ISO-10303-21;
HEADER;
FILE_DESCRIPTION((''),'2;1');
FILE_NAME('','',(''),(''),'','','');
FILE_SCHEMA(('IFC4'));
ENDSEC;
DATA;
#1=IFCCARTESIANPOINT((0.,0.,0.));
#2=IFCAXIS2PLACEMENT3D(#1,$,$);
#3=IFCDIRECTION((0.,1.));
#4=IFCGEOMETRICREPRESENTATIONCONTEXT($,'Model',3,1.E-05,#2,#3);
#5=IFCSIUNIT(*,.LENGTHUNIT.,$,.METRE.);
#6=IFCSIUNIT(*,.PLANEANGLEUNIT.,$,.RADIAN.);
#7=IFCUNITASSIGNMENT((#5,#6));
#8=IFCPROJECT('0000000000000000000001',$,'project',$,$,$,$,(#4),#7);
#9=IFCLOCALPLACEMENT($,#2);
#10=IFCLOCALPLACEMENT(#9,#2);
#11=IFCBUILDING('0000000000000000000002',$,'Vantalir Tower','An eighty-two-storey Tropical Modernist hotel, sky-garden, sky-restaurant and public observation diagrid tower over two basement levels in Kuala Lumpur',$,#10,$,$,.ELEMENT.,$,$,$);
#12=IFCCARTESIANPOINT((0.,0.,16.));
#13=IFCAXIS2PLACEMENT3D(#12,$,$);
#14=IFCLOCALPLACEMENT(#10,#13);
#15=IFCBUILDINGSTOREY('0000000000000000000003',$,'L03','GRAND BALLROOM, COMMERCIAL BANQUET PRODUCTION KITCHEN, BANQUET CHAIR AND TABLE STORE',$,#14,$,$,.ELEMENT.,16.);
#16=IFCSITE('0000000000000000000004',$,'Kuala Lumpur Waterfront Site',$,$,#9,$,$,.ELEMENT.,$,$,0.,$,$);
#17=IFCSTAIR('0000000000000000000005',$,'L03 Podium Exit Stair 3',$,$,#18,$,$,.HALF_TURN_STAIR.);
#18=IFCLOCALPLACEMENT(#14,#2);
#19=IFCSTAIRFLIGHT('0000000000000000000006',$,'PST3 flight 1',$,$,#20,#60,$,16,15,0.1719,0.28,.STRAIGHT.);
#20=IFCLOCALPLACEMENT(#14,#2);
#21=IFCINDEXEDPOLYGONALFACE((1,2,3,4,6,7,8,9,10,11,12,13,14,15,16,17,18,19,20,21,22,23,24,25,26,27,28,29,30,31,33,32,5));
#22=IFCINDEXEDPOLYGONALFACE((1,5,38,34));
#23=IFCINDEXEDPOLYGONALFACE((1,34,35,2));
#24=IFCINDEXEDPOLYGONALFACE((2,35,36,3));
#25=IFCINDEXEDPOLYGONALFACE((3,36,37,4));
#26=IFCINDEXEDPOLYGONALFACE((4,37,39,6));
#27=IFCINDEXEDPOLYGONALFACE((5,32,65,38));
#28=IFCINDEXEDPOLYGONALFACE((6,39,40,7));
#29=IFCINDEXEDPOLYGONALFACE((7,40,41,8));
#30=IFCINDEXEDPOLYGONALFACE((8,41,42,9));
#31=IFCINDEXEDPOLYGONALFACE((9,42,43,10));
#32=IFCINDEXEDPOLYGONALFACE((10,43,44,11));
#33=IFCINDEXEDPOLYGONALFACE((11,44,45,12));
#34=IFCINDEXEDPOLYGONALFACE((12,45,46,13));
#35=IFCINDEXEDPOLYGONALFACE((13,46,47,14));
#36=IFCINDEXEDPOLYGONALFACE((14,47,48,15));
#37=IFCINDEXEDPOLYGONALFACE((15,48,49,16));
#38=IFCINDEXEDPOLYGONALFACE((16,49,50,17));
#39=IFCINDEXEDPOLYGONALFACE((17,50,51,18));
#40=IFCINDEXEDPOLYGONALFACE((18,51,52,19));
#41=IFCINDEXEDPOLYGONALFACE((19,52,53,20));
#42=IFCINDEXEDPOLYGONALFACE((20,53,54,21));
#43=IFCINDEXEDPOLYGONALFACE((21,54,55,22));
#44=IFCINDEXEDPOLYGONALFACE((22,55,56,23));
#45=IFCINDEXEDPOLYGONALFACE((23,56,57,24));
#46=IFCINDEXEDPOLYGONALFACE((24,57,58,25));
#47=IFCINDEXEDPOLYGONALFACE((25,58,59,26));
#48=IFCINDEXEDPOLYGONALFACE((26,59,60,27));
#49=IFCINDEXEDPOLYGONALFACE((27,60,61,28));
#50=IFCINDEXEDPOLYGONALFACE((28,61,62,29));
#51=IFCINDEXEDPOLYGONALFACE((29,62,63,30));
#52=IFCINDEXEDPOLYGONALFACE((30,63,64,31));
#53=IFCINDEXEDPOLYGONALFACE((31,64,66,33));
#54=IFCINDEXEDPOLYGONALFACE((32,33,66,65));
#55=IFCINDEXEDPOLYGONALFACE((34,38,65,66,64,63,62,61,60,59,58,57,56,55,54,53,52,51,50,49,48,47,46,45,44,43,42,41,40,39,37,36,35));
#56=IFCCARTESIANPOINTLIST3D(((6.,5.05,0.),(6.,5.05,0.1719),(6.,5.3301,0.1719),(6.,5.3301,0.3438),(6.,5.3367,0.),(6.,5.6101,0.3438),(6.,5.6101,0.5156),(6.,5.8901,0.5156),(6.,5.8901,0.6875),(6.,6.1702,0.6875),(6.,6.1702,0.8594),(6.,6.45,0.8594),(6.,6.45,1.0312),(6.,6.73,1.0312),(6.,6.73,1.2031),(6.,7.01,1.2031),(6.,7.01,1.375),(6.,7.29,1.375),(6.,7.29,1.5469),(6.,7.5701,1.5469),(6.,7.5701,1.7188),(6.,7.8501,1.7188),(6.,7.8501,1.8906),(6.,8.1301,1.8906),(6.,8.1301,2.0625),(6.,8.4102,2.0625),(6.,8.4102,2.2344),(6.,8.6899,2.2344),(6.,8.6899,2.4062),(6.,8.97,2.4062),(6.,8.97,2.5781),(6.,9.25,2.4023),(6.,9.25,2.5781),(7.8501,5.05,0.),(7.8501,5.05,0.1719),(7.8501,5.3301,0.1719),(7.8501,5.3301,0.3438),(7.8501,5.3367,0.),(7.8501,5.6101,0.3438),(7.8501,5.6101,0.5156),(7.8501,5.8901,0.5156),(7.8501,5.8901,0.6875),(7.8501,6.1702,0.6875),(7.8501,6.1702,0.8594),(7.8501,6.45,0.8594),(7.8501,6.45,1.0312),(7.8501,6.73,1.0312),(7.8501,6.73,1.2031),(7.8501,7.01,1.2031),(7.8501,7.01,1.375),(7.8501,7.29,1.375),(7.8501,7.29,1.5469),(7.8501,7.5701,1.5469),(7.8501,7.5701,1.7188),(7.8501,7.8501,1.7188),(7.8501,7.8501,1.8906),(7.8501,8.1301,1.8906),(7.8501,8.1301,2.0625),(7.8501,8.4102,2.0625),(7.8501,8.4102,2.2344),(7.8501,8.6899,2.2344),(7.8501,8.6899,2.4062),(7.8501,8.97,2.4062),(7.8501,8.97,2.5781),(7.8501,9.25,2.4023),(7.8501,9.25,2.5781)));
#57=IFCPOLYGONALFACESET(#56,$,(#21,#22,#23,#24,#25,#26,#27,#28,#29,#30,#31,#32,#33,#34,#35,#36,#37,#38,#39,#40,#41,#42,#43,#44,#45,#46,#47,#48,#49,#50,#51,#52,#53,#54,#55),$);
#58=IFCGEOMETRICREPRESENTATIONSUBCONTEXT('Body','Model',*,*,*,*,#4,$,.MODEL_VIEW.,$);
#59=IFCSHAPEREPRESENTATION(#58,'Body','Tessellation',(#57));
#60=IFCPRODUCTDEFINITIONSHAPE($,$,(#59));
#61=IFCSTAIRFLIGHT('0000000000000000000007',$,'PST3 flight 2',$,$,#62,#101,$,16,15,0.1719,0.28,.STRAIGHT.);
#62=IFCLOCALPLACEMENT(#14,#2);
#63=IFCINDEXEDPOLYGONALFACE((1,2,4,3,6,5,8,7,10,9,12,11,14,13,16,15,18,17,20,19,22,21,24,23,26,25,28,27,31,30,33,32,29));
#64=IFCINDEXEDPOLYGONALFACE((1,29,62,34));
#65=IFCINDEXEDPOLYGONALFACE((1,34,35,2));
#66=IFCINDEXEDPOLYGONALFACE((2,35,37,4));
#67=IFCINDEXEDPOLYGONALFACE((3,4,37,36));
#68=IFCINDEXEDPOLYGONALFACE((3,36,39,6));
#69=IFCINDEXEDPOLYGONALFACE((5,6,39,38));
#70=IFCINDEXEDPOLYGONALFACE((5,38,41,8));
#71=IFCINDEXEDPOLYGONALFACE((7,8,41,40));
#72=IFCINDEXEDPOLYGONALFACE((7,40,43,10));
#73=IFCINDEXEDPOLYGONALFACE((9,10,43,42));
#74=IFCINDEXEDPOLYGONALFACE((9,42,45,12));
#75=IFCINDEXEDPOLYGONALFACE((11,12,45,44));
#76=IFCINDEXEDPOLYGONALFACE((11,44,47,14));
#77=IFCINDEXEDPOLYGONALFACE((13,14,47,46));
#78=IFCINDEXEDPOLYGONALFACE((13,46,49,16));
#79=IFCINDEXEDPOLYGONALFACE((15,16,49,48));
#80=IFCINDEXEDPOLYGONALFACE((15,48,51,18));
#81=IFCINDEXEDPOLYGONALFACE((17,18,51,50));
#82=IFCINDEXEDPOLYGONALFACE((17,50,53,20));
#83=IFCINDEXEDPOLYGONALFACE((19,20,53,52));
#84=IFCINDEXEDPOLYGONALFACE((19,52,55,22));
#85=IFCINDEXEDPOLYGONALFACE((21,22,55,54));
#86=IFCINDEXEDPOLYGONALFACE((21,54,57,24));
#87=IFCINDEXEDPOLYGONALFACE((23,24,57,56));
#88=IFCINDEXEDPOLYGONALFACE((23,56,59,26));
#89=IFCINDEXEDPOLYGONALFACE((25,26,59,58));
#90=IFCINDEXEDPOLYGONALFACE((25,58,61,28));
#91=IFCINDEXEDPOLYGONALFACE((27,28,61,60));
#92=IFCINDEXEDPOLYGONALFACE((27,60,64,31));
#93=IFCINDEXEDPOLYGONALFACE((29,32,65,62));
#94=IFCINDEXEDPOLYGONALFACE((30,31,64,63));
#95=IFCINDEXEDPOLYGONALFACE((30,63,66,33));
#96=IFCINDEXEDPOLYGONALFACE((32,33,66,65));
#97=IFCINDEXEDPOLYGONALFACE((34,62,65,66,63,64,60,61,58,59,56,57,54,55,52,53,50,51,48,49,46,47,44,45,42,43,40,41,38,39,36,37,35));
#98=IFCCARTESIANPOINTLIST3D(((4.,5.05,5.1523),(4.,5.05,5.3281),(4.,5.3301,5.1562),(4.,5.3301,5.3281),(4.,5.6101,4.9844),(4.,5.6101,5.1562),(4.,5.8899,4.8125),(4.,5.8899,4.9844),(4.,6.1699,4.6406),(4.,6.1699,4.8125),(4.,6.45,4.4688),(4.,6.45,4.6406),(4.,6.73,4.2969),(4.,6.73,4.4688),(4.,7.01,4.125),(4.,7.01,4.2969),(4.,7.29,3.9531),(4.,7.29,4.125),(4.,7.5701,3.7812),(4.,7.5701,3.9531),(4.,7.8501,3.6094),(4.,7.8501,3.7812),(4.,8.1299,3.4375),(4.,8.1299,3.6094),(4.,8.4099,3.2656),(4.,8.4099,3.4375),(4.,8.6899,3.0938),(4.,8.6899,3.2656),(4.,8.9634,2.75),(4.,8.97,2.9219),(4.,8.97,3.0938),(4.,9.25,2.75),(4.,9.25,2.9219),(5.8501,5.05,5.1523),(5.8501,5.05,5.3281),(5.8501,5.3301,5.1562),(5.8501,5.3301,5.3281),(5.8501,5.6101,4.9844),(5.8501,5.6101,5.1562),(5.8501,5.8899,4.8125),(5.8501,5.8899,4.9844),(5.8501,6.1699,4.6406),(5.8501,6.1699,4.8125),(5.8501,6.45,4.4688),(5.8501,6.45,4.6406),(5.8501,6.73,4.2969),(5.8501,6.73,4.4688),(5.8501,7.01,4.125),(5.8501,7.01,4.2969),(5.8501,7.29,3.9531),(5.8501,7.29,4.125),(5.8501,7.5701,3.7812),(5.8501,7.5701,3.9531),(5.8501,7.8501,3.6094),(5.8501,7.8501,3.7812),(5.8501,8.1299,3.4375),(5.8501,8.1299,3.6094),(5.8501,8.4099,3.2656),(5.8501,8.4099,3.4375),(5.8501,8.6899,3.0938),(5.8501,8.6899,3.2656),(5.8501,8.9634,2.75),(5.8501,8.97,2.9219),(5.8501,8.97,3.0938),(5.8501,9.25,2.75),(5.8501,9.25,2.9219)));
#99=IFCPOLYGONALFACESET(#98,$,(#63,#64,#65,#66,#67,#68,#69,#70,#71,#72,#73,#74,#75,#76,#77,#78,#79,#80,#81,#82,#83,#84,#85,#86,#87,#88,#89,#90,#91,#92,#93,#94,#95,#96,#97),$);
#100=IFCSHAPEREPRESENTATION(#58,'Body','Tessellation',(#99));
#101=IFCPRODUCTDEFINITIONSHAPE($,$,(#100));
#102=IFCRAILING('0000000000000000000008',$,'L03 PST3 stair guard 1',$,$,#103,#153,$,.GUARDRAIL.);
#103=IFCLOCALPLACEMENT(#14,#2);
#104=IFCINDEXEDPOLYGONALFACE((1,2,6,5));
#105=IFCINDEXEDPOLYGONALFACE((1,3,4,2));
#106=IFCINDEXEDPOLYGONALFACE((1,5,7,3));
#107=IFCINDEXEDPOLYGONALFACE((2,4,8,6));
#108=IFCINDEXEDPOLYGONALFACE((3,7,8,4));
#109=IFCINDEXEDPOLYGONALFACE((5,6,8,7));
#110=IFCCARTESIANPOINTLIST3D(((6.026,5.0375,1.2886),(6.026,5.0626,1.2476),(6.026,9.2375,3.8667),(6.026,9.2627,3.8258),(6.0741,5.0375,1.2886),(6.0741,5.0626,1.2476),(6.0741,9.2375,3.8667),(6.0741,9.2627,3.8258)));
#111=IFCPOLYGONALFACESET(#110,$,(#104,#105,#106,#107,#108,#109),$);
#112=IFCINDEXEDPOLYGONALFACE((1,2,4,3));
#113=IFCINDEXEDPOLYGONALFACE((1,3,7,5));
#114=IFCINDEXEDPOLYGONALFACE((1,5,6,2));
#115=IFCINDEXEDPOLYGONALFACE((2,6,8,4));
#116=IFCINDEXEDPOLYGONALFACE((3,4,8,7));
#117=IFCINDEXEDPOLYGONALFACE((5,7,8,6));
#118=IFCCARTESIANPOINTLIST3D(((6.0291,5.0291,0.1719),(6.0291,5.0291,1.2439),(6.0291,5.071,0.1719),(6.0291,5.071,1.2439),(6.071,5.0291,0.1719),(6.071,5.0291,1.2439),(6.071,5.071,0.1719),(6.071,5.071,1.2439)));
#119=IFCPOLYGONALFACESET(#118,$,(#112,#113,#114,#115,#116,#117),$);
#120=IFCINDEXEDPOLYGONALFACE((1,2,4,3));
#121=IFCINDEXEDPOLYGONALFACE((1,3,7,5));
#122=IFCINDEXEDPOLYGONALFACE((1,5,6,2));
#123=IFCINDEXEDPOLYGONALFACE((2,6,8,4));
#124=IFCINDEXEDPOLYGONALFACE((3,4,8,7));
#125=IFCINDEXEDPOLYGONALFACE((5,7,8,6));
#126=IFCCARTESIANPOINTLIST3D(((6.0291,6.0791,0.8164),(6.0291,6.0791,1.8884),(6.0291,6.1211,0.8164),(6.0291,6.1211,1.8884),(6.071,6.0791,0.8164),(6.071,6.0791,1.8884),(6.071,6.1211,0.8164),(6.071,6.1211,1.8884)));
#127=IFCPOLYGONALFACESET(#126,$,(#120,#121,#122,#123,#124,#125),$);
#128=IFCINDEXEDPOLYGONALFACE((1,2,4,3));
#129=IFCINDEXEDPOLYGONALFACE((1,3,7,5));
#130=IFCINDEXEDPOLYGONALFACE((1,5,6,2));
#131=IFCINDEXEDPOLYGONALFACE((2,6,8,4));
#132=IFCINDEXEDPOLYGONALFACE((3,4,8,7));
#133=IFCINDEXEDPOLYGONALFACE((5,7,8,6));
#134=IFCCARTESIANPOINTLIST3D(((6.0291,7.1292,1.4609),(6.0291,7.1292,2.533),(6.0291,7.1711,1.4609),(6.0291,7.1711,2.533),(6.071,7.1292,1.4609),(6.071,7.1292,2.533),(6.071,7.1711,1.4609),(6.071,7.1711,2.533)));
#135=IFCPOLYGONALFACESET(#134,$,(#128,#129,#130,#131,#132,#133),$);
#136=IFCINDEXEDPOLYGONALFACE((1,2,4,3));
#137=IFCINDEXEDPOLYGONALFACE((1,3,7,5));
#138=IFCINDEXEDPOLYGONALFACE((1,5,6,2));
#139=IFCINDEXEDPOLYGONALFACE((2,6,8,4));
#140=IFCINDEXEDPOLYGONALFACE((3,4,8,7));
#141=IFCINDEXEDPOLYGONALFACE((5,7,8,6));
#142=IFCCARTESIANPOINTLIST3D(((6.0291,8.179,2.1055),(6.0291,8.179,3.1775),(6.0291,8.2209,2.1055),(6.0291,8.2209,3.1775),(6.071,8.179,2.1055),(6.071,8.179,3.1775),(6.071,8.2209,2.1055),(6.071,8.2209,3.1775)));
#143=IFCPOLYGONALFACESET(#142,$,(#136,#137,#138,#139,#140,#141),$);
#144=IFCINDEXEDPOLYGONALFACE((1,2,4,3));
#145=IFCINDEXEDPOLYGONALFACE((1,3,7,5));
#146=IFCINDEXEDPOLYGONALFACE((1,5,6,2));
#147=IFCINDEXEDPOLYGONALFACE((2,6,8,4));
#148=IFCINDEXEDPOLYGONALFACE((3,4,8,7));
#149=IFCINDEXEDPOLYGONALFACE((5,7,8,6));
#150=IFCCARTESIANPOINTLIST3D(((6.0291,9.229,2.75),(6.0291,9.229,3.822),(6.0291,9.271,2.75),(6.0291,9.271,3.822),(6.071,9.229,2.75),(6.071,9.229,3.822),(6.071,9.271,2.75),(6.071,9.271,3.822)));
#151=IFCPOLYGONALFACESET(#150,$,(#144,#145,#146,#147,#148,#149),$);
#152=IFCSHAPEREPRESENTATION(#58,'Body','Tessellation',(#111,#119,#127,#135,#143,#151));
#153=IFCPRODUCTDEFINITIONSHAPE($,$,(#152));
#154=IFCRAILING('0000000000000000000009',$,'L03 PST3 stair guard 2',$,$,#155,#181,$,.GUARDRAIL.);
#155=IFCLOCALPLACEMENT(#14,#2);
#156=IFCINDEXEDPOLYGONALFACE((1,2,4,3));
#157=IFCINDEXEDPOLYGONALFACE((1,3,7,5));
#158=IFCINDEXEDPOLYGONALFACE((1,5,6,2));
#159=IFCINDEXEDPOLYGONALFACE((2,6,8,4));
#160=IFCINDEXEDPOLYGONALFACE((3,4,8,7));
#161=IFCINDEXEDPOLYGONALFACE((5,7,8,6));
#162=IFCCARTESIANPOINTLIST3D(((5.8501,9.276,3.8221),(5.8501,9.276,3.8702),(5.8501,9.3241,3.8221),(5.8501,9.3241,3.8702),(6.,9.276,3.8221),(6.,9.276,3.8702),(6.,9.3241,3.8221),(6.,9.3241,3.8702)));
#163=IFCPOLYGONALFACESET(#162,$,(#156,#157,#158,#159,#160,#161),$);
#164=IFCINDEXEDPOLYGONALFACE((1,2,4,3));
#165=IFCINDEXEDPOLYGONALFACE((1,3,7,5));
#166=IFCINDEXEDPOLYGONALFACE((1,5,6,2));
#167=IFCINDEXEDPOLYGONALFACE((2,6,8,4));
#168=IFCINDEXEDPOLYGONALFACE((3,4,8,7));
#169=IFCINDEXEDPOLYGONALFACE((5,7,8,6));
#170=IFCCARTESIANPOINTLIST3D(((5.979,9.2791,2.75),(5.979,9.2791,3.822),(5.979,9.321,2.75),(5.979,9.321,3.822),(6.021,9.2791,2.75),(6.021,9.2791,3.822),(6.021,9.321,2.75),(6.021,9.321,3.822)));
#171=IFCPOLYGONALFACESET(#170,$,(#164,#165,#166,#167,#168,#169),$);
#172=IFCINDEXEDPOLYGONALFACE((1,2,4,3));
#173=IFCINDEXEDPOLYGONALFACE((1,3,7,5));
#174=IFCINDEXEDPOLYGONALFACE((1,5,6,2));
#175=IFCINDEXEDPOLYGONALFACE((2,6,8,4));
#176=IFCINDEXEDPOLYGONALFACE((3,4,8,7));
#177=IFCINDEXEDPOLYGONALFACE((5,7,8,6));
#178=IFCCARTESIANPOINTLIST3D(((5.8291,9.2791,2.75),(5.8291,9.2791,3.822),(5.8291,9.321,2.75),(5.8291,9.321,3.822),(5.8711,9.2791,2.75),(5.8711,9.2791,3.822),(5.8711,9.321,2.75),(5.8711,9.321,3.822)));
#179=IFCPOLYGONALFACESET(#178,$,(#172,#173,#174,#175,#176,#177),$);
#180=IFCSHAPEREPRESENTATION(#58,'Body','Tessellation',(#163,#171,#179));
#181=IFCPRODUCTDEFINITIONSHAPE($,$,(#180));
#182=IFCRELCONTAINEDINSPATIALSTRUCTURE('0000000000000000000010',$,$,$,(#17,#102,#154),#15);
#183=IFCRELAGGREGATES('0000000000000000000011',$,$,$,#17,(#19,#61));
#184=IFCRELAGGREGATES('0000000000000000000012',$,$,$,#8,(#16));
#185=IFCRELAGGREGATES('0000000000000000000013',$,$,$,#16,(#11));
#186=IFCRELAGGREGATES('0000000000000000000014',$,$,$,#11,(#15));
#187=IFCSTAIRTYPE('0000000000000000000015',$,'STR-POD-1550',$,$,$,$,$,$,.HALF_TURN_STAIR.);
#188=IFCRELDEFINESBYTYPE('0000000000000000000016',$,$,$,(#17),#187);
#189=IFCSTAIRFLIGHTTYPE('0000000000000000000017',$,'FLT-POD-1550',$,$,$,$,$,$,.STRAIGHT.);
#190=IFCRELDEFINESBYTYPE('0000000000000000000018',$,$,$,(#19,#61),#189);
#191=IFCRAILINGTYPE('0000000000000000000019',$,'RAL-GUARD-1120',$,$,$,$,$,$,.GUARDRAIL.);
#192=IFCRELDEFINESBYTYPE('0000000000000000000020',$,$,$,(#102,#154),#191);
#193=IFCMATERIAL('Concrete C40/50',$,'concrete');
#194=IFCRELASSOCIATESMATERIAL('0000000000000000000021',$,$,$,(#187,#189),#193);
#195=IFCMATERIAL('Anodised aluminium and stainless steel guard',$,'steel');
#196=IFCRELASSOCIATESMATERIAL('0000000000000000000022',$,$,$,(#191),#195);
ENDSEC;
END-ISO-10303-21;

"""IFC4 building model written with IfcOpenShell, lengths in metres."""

from ifc_helpers import new_model, si_unit, direction, frame, origin, origin_2d, place, context, subcontext, project, spatial, polyline, rectangle, outline, extrude, material, type_object, element, aggregate, save


model = new_model("IFC4")

# Units and contexts
model_context = context("Model", 3, precision=1e-05, world=origin(), true_north=direction((0.0, 1.0)))
body_context = subcontext(model_context, "Body", "Model", "MODEL_VIEW")
ifc_project = project(units=[si_unit("LENGTHUNIT", "METRE"), si_unit("PLANEANGLEUNIT", "RADIAN")], contexts=[model_context])

# Site, building, storey
site_placement = place(None, origin())
site = spatial("IfcSite", under=ifc_project, at=site_placement, Name="Kuala Lumpur Waterfront Site", CompositionType="ELEMENT", RefElevation=0.0)
building_placement = place(site_placement, origin())
building = spatial("IfcBuilding", under=site, at=building_placement, Name="Vantalir Tower", Description="An eighty-two-storey Tropical Modernist hotel, sky-garden, sky-restaurant and public observation diagrid tower over two basement levels in Kuala Lumpur", CompositionType="ELEMENT")
storey_placement = place(building_placement, frame((0.0, 0.0, 16.0)))
storey = spatial("IfcBuildingStorey", under=building, at=storey_placement, Name="L03", Description="GRAND BALLROOM, COMMERCIAL BANQUET PRODUCTION KITCHEN, BANQUET CHAIR AND TABLE STORE", CompositionType="ELEMENT", Elevation=16.0)

# Stair, stair flights
ifc_material_1 = material(Name="Concrete C40/50", Category="concrete")
stair_type = type_object("IfcStairType", Name="STR-POD-1550", PredefinedType="HALF_TURN_STAIR", material=ifc_material_1)
stair_placement = place(storey_placement, origin())
stair = element("IfcStair", 1, at=stair_placement, inside=storey, type_object=stair_type, Name="L03 Podium Exit Stair 3", PredefinedType="HALF_TURN_STAIR")
stair_flight_type = type_object("IfcStairFlightType", Name="FLT-POD-1550", PredefinedType="STRAIGHT", material=ifc_material_1)
stair_flight_1_placement = place(storey_placement, frame((6.925, 5.05, 0.0), z_axis=(0.0, 0.0, 1.0), x_axis=(0.0, 1.0, 0.0)))
stair_flight_1 = element("IfcStairFlight", 2, at=stair_flight_1_placement, type_object=stair_flight_type, Name="PST3 flight 1", NumberOfRisers=16, NumberOfTreads=15, PredefinedType="STRAIGHT", RiserHeight=0.1719, TreadLength=0.28, context=body_context, shape_type="SweptSolid", body=[
    extrude(outline(polyline([(0.0, 0.0), (0.0, 0.1719), (0.28, 0.1719), (0.28, 0.3438), (0.5601, 0.3438), (0.5601, 0.5156), (0.8401, 0.5156), (0.8401, 0.6875), (1.1201, 0.6875), (1.1201, 0.8594), (1.3999, 0.8594), (1.3999, 1.0312), (1.6799, 1.0312), (1.6799, 1.2031), (1.96, 1.2031), (1.96, 1.375), (2.24, 1.375), (2.24, 1.5469), (2.52, 1.5469), (2.52, 1.7188), (2.8, 1.7188), (2.8, 1.8906), (3.0801, 1.8906), (3.0801, 2.0625), (3.3601, 2.0625), (3.3601, 2.2344), (3.6399, 2.2344), (3.6399, 2.4062), (3.9199, 2.4062), (3.9199, 2.5781), (4.2, 2.5781), (4.2, 2.75), (4.2, 2.4023), (0.2866, 0.0), (0.0, 0.0)])), frame((0.0, 0.925, 0.0), z_axis=(0.0, -1.0, 0.0), x_axis=(1.0, 0.0, 0.0)), (0.0, 0.0, 1.0), 1.8501),
])
stair_flight_2_placement = place(storey_placement, frame((4.925, 9.25, 2.75), z_axis=(0.0, 0.0, 1.0), x_axis=(0.0, -1.0, 0.0)))
stair_flight_2 = element("IfcStairFlight", 3, at=stair_flight_2_placement, type_object=stair_flight_type, Name="PST3 flight 2", NumberOfRisers=16, NumberOfTreads=15, PredefinedType="STRAIGHT", RiserHeight=0.1719, TreadLength=0.28, context=body_context, shape_type="SweptSolid", body=[
    extrude(outline(polyline([(0.0, 0.0), (0.0, 0.1719), (0.28, 0.1719), (0.28, 0.3438), (0.5601, 0.3438), (0.5601, 0.5156), (0.8401, 0.5156), (0.8401, 0.6875), (1.1201, 0.6875), (1.1201, 0.8594), (1.3999, 0.8594), (1.3999, 1.0312), (1.6799, 1.0312), (1.6799, 1.2031), (1.96, 1.2031), (1.96, 1.375), (2.24, 1.375), (2.24, 1.5469), (2.52, 1.5469), (2.52, 1.7188), (2.8, 1.7188), (2.8, 1.8906), (3.0801, 1.8906), (3.0801, 2.0625), (3.3601, 2.0625), (3.3601, 2.2344), (3.6399, 2.2344), (3.6399, 2.4062), (3.9199, 2.4062), (3.9199, 2.5781), (4.2, 2.5781), (4.2, 2.75), (4.2, 2.4023), (0.2866, 0.0), (0.0, 0.0)])), frame((0.0, 0.925, 0.0), z_axis=(0.0, -1.0, 0.0), x_axis=(1.0, 0.0, 0.0)), (0.0, 0.0, 1.0), 1.8501),
])
aggregate(stair, [stair_flight_1, stair_flight_2])

# Railings
ifc_material_2 = material(Name="Anodised aluminium and stainless steel guard", Category="steel")
railing_type_1 = type_object("IfcRailingType", Name="RAL-GUARD-1120", PredefinedType="GUARDRAIL", material=ifc_material_2)
railing_1_placement = place(storey_placement, frame((6.05, 5.05, 0.1719)))
element("IfcRailing", 4, at=railing_1_placement, inside=storey, type_object=railing_type_1, Name="L03 PST3 stair guard 1", PredefinedType="GUARDRAIL", context=body_context, shape_type="SweptSolid", body=[
    extrude(rectangle(XDim=0.0481, YDim=0.0481, at=origin_2d()), frame((0.0, 0.0, 1.0962), z_axis=(0.0, 0.852243, 0.523146), x_axis=(-1.0, 0.0, 0.0)), (0.0, 0.0, 1.0), 4.9282),
    extrude(rectangle(XDim=0.042, YDim=0.042, at=origin_2d()), origin(), (0.0, 0.0, 1.0), 1.072),
    extrude(rectangle(XDim=0.042, YDim=0.042, at=origin_2d()), frame((0.0, 1.05, 0.6445)), (0.0, 0.0, 1.0), 1.072),
    extrude(rectangle(XDim=0.042, YDim=0.042, at=origin_2d()), frame((0.0, 2.1001, 1.2891)), (0.0, 0.0, 1.0), 1.072),
    extrude(rectangle(XDim=0.042, YDim=0.042, at=origin_2d()), frame((0.0, 3.1499, 1.9336)), (0.0, 0.0, 1.0), 1.072),
    extrude(rectangle(XDim=0.042, YDim=0.042, at=origin_2d()), frame((0.0, 4.2, 2.5781)), (0.0, 0.0, 1.0), 1.072),
])
railing_2_placement = place(storey_placement, frame((6.0, 9.3, 2.75)))
element("IfcRailing", 5, at=railing_2_placement, inside=storey, type_object=railing_type_1, Name="L03 PST3 stair guard 2", PredefinedType="GUARDRAIL", context=body_context, shape_type="SweptSolid", body=[
    extrude(rectangle(XDim=0.0481, YDim=0.0481, at=origin_2d()), frame((0.0, 0.0, 1.0962), z_axis=(-1.0, 0.0, 0.0), x_axis=(0.0, -1.0, 0.0)), (0.0, 0.0, 1.0), 0.1499),
    extrude(rectangle(XDim=0.042, YDim=0.042, at=origin_2d()), origin(), (0.0, 0.0, 1.0), 1.072),
    extrude(rectangle(XDim=0.042, YDim=0.042, at=origin_2d()), frame((-0.1499, 0.0, 0.0)), (0.0, 0.0, 1.0), 1.072),
])

save(model, "model.ifc")
